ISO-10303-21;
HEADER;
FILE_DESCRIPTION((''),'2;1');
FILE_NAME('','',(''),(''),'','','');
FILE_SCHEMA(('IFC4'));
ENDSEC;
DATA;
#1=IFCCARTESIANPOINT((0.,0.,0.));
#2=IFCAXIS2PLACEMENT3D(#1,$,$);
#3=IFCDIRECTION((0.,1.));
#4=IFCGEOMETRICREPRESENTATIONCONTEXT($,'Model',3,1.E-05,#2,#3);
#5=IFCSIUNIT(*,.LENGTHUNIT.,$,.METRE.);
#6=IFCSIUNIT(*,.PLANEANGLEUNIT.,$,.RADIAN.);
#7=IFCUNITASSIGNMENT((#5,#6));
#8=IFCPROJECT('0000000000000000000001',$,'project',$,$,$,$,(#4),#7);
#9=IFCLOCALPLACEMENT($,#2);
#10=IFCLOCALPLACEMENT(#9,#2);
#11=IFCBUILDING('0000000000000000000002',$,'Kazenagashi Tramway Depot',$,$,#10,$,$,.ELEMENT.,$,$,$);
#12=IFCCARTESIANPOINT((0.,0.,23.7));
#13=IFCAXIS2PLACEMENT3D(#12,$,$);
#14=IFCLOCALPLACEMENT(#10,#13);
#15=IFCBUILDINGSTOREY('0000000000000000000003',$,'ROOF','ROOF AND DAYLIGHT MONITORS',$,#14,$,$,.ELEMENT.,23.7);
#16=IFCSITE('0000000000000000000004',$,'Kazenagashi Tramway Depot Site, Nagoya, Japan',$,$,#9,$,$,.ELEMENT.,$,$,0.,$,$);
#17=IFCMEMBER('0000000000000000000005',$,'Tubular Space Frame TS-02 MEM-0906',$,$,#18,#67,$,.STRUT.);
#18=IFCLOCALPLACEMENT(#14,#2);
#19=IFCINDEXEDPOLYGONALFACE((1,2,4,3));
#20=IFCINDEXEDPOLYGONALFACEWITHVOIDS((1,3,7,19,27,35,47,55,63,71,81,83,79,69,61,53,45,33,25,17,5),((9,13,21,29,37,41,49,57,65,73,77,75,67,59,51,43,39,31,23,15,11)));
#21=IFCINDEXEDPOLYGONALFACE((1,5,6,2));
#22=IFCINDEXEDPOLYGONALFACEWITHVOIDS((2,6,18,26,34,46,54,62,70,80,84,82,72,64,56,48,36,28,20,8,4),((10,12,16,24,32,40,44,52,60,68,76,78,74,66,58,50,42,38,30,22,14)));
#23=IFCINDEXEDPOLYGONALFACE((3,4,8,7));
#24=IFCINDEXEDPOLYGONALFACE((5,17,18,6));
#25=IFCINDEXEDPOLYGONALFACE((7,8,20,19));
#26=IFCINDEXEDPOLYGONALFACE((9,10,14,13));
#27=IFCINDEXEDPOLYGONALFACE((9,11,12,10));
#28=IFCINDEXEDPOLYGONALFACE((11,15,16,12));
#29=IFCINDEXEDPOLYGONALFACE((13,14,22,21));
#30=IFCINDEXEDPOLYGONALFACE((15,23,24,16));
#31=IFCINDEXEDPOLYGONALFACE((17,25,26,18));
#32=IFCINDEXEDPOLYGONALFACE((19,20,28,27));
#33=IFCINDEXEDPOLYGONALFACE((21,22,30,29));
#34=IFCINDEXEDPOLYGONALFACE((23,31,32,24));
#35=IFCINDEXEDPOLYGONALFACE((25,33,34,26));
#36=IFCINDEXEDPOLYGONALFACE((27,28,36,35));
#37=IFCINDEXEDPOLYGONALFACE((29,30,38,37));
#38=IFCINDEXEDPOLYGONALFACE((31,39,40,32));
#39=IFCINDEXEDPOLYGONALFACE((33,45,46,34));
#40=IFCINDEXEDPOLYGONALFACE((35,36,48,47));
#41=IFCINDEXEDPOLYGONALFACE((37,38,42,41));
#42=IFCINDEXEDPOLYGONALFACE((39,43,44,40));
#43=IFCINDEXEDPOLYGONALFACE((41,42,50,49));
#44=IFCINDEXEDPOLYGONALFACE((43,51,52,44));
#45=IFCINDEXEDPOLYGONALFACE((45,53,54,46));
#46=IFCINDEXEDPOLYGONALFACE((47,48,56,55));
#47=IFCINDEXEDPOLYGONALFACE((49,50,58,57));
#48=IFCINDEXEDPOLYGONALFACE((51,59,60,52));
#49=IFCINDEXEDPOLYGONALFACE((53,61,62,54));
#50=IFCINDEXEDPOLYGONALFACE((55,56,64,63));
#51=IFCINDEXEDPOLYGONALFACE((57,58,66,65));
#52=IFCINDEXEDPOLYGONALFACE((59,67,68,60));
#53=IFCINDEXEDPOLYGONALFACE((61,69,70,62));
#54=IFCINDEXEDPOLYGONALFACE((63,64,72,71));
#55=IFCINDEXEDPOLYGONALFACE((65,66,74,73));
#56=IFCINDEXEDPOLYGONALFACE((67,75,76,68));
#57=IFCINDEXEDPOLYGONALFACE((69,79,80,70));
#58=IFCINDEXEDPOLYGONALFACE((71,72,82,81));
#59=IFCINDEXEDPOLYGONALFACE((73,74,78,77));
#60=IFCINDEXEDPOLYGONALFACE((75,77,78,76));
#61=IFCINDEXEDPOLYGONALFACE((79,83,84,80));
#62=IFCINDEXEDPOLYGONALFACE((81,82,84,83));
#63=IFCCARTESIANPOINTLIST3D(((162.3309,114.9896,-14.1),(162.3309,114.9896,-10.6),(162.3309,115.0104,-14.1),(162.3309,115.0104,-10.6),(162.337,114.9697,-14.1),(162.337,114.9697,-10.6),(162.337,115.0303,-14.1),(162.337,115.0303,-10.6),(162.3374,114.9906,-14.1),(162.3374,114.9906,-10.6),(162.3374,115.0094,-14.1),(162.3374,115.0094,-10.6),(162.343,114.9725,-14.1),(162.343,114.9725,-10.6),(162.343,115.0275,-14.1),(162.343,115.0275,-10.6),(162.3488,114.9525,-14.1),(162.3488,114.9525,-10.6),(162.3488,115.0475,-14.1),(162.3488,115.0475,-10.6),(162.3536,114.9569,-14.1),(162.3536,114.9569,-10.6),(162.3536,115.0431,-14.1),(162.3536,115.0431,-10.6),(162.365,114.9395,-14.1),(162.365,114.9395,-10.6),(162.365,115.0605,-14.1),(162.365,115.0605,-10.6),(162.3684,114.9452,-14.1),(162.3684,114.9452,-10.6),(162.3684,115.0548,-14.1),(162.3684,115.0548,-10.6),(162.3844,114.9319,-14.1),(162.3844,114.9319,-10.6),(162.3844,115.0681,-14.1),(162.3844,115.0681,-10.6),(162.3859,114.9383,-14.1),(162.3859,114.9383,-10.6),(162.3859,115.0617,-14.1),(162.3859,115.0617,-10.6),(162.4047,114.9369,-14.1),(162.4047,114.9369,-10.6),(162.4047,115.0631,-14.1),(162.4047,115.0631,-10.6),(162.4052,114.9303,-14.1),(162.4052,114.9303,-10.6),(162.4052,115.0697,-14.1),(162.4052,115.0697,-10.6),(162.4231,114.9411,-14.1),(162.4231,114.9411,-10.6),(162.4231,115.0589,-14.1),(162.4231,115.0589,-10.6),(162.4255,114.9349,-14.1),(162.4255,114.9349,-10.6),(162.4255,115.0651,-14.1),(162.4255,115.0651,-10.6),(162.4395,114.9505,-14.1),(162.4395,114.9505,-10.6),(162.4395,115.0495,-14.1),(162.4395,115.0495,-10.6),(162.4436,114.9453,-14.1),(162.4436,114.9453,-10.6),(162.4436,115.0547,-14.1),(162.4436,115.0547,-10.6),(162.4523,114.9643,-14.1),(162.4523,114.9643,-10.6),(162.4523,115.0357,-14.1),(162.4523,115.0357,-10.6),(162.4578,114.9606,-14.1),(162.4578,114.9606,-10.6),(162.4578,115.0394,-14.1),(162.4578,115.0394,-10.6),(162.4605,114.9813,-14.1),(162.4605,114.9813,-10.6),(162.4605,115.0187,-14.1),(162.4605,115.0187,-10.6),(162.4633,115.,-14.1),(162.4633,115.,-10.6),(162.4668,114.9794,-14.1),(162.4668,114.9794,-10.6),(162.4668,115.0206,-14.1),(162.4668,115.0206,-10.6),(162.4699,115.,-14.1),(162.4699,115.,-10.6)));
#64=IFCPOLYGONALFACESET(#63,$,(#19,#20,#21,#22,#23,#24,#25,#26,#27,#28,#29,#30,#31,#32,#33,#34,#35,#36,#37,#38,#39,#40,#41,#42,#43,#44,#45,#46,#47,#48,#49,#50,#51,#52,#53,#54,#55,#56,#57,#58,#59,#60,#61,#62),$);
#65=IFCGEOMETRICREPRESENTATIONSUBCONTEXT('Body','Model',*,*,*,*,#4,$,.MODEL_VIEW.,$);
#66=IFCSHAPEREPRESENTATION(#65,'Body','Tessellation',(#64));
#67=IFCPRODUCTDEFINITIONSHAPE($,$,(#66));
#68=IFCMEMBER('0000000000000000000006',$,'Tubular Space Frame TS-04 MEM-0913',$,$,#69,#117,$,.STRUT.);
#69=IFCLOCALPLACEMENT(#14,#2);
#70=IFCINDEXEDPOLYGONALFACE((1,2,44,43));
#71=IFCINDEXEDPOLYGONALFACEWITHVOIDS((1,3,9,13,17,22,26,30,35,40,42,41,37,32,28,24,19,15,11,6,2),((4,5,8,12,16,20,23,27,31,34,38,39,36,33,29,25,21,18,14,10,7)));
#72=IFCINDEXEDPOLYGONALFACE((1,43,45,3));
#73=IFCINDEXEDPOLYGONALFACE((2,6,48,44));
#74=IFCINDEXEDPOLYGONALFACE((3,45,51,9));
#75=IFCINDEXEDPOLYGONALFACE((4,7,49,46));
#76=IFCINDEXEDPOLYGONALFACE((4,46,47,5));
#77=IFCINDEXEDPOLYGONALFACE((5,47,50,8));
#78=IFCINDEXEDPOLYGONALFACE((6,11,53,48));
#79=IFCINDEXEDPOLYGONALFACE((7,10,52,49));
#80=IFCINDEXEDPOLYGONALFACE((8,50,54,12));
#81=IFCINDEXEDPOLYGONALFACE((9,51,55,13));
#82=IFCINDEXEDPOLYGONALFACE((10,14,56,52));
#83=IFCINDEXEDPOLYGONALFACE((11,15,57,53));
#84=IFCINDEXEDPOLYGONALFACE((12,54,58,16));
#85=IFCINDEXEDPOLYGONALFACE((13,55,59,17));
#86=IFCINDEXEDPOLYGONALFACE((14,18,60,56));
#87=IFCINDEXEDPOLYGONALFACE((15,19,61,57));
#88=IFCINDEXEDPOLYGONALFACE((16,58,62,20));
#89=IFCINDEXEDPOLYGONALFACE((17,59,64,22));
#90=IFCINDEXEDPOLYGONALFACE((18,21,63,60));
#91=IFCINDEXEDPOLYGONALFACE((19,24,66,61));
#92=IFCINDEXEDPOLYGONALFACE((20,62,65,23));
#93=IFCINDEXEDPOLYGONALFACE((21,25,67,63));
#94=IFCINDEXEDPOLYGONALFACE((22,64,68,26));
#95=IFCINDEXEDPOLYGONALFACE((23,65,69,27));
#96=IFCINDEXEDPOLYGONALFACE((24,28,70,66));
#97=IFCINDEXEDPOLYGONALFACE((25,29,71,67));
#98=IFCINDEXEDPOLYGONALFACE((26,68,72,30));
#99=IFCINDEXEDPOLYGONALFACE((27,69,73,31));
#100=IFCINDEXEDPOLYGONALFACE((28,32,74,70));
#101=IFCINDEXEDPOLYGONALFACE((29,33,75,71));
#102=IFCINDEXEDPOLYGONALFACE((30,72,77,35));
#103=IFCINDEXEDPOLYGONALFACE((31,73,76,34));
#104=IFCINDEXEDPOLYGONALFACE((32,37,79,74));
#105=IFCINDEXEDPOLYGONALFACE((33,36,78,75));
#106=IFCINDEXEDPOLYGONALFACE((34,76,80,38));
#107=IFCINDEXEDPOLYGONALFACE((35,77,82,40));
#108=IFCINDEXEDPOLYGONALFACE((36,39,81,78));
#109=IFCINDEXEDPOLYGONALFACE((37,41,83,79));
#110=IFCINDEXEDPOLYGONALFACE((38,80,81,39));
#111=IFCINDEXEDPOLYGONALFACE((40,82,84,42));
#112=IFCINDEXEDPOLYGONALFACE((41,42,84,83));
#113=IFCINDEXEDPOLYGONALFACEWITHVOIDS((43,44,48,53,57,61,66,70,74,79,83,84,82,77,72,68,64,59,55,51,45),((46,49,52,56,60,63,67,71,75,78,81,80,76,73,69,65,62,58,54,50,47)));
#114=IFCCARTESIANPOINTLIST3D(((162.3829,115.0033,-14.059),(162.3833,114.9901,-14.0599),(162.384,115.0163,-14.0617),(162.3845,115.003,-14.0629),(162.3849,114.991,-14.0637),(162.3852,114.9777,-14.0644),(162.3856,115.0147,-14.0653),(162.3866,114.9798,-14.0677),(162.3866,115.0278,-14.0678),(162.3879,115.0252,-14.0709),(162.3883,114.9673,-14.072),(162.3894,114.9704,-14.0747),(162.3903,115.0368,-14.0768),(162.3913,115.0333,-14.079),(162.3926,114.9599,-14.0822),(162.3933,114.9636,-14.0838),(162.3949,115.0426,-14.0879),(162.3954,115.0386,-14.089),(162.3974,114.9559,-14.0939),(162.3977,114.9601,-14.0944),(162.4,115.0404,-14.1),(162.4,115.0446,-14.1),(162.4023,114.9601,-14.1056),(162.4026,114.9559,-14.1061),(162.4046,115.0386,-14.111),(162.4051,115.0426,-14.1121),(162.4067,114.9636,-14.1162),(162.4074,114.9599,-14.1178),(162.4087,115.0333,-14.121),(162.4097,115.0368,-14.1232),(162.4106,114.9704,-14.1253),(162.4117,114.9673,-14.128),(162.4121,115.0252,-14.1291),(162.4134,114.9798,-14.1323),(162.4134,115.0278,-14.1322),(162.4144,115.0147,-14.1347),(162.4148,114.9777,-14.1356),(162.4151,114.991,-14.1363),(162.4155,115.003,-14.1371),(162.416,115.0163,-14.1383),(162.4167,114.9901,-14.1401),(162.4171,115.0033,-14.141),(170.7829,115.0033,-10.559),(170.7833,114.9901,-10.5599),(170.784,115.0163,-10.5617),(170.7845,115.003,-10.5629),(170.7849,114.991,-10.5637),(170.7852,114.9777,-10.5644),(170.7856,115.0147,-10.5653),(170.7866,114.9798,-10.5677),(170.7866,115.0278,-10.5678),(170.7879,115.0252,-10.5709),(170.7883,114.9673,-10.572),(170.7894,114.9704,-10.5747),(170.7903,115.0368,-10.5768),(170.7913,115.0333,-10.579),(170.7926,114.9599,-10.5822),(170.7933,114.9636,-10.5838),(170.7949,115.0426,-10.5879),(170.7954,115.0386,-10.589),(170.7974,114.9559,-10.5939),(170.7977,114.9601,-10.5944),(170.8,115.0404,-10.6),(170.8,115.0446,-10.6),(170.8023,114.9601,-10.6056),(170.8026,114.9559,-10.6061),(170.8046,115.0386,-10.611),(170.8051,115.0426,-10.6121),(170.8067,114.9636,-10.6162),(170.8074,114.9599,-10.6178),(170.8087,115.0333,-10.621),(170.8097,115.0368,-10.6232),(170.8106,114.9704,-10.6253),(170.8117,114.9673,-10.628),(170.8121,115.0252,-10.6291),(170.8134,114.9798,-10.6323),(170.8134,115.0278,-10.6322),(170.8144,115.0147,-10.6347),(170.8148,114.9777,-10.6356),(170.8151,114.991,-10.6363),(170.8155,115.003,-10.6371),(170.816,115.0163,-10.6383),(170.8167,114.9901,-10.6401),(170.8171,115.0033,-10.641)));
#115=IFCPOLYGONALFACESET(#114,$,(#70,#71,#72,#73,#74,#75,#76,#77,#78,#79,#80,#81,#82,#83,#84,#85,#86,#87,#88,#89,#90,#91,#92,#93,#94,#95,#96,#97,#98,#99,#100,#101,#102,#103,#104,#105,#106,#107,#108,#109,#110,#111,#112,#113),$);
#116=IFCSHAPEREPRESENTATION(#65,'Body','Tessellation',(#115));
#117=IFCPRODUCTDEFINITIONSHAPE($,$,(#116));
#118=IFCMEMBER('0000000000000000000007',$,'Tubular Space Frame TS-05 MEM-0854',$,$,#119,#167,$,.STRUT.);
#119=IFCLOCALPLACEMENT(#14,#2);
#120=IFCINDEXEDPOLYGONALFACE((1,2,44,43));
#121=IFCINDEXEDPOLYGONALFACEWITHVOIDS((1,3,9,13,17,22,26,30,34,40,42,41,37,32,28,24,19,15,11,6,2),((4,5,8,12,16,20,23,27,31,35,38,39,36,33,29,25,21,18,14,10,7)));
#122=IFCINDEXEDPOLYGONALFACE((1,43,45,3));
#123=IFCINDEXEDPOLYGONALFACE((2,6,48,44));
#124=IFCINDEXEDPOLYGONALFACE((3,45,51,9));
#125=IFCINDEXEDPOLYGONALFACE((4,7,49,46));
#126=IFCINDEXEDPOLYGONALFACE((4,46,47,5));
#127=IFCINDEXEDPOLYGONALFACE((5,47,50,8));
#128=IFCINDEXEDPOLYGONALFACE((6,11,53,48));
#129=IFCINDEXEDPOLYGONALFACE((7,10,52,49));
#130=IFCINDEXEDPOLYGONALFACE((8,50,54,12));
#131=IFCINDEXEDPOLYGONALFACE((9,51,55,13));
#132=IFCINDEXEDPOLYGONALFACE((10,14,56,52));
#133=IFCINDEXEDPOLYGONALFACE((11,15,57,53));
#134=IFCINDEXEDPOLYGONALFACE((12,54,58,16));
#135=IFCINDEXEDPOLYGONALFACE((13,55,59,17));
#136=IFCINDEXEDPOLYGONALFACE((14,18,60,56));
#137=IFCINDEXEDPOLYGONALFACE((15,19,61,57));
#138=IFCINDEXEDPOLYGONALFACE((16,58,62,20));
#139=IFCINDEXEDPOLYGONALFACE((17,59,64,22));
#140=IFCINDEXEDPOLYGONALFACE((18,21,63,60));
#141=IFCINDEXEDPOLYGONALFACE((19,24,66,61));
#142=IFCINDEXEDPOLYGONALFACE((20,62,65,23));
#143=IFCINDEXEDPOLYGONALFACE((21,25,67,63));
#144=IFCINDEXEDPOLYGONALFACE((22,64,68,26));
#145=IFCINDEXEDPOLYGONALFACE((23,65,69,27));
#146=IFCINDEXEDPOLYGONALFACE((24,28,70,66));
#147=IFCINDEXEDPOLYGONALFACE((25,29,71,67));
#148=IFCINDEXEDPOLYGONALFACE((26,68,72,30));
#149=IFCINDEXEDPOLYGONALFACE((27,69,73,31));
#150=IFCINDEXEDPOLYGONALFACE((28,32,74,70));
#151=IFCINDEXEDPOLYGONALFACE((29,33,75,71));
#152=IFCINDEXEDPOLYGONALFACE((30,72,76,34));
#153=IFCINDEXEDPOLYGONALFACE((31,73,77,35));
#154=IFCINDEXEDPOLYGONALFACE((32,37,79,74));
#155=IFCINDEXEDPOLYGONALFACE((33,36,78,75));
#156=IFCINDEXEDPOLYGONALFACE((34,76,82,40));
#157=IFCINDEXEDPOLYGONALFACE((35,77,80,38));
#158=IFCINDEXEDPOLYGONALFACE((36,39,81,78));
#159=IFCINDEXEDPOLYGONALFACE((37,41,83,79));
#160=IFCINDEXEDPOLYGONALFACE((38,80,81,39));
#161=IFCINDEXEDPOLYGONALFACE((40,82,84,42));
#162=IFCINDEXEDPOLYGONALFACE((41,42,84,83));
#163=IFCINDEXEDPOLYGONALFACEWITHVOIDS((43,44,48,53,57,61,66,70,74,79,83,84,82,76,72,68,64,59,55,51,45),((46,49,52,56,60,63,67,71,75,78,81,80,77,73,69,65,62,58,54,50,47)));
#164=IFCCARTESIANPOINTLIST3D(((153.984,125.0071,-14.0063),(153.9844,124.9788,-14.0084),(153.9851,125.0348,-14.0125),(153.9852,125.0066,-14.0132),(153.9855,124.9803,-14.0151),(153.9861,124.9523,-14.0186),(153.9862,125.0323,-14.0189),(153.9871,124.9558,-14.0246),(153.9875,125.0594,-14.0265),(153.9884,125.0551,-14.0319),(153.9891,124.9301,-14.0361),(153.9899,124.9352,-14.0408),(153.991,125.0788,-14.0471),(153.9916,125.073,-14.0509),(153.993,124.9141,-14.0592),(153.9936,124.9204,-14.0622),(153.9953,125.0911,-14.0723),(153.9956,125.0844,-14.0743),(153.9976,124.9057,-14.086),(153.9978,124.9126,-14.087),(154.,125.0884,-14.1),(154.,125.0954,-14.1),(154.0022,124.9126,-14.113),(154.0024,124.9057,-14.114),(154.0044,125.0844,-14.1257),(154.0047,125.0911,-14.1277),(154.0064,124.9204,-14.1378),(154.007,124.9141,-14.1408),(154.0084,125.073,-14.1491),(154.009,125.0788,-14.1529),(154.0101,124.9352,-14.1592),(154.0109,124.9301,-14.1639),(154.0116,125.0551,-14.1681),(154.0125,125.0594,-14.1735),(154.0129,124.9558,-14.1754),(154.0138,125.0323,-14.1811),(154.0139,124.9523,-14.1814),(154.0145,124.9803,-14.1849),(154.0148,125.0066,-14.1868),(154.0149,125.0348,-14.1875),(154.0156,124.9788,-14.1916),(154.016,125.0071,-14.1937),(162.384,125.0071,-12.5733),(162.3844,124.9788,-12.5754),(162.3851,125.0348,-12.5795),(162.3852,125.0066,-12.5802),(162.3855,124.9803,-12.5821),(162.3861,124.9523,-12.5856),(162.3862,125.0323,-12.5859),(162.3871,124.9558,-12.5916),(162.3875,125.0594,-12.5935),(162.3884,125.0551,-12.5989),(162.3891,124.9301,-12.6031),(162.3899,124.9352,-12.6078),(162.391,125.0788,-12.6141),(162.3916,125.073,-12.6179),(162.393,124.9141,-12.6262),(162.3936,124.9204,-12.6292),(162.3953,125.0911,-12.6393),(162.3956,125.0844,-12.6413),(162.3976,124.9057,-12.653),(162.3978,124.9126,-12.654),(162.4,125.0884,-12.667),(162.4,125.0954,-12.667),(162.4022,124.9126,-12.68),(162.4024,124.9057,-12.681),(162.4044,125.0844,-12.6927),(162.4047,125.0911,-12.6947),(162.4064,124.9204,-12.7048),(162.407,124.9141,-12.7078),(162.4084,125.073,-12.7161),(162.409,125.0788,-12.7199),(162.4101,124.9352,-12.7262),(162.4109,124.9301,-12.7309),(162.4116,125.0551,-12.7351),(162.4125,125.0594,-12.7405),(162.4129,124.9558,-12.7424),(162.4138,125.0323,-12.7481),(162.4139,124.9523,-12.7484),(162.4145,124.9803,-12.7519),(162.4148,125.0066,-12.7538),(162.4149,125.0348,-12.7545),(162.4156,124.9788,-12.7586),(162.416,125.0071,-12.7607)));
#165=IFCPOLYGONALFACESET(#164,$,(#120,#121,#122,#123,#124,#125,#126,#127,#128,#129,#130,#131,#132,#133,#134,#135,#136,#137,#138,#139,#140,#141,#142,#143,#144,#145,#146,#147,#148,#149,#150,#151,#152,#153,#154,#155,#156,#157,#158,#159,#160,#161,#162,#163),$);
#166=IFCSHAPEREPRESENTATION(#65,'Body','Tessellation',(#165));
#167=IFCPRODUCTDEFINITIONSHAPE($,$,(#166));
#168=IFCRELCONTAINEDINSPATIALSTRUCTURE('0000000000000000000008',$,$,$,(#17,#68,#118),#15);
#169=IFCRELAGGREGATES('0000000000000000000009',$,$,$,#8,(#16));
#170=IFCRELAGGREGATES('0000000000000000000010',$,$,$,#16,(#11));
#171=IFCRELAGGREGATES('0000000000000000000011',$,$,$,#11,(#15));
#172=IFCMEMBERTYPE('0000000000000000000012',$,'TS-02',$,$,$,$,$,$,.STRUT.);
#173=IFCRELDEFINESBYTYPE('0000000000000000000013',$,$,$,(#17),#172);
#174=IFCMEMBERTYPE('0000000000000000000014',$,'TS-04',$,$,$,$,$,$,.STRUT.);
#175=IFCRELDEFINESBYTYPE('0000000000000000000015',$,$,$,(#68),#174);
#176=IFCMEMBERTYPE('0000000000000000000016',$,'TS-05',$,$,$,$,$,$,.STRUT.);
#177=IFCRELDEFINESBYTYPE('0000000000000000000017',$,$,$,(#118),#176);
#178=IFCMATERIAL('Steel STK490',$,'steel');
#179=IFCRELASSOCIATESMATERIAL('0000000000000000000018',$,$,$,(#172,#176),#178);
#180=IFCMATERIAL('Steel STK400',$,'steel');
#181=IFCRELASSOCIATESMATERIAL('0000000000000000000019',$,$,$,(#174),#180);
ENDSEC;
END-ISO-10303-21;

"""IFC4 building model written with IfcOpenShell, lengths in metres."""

from ifc_helpers import new_model, si_unit, direction, frame, origin, origin_2d, place, context, subcontext, project, spatial, hollow_circle, extrude, material, material_profile, profile_set, type_object, element, save


model = new_model("IFC4")

# Units and contexts
model_context = context("Model", 3, precision=1e-05, world=origin(), true_north=direction((0.0, 1.0)))
body_context = subcontext(model_context, "Body", "Model", "MODEL_VIEW")
ifc_project = project(units=[si_unit("LENGTHUNIT", "METRE"), si_unit("PLANEANGLEUNIT", "RADIAN")], contexts=[model_context])

# Site, building, storey
site_placement = place(None, origin())
site = spatial("IfcSite", under=ifc_project, at=site_placement, Name="Kazenagashi Tramway Depot Site, Nagoya, Japan", CompositionType="ELEMENT", RefElevation=0.0)
building_placement = place(site_placement, origin())
building = spatial("IfcBuilding", under=site, at=building_placement, Name="Kazenagashi Tramway Depot", CompositionType="ELEMENT")
storey_placement = place(building_placement, frame((0.0, 0.0, 23.7)))
storey = spatial("IfcBuildingStorey", under=building, at=storey_placement, Name="ROOF", Description="ROOF AND DAYLIGHT MONITORS", CompositionType="ELEMENT", Elevation=23.7)

# Members
ifc_material_1 = material(Name="Steel STK490", Category="steel")
ifc_material_profile_1 = material_profile(ifc_material_1, hollow_circle(Radius=0.0699, WallThickness=0.0066, at=origin_2d()), Name="CHS-139.8x6.6")
ifc_profile_set_1 = profile_set([ifc_material_profile_1], Name="Steel STK490")
member_type_1 = type_object("IfcMemberType", Name="TS-02", PredefinedType="STRUT", material=ifc_profile_set_1)
member_1_placement = place(storey_placement, frame((162.4, 115.0, -14.1), z_axis=(0.0, 0.0, 1.0), x_axis=(1.0, 0.0, 0.0)))
element("IfcMember", 1, at=member_1_placement, inside=storey, type_object=member_type_1, Name="Tubular Space Frame TS-02 MEM-0906", PredefinedType="STRUT", context=body_context, shape_type="SweptSolid", body=[
    extrude(hollow_circle(Radius=0.0699, WallThickness=0.0066, at=origin_2d()), origin(), (0.0, 0.0, 1.0), 3.5),
])
ifc_material_2 = material(Name="Steel STK400", Category="steel")
ifc_material_profile_2 = material_profile(ifc_material_2, hollow_circle(Radius=0.0445, WallThickness=0.0042, at=origin_2d()), Name="CHS-89.1x4.2")
ifc_profile_set_2 = profile_set([ifc_material_profile_2], Name="Steel STK400")
member_type_2 = type_object("IfcMemberType", Name="TS-04", PredefinedType="STRUT", material=ifc_profile_set_2)
member_2_placement = place(storey_placement, frame((162.4, 115.0, -14.1), z_axis=(0.923077, 0.0, 0.384615), x_axis=(0.0, 1.0, 0.0)))
element("IfcMember", 2, at=member_2_placement, inside=storey, type_object=member_type_2, Name="Tubular Space Frame TS-04 MEM-0913", PredefinedType="STRUT", context=body_context, shape_type="SweptSolid", body=[
    extrude(hollow_circle(Radius=0.0445, WallThickness=0.0042, at=origin_2d()), origin(), (0.0, 0.0, 1.0), 9.1),
])
ifc_material_profile_3 = material_profile(ifc_material_1, hollow_circle(Radius=0.0954, WallThickness=0.007, at=origin_2d()), Name="CHS-190.7x7.0")
ifc_profile_set_3 = profile_set([ifc_material_profile_3], Name="Steel STK490")
member_type_3 = type_object("IfcMemberType", Name="TS-05", PredefinedType="STRUT", material=ifc_profile_set_3)
member_3_placement = place(storey_placement, frame((154.0, 125.0, -14.1), z_axis=(0.985759, 0.0, 0.168166), x_axis=(0.0, 1.0, 0.0)))
element("IfcMember", 3, at=member_3_placement, inside=storey, type_object=member_type_3, Name="Tubular Space Frame TS-05 MEM-0854", PredefinedType="STRUT", context=body_context, shape_type="SweptSolid", body=[
    extrude(hollow_circle(Radius=0.0954, WallThickness=0.007, at=origin_2d()), origin(), (0.0, 0.0, 1.0), 8.5214),
])

save(model, "model.ifc")
